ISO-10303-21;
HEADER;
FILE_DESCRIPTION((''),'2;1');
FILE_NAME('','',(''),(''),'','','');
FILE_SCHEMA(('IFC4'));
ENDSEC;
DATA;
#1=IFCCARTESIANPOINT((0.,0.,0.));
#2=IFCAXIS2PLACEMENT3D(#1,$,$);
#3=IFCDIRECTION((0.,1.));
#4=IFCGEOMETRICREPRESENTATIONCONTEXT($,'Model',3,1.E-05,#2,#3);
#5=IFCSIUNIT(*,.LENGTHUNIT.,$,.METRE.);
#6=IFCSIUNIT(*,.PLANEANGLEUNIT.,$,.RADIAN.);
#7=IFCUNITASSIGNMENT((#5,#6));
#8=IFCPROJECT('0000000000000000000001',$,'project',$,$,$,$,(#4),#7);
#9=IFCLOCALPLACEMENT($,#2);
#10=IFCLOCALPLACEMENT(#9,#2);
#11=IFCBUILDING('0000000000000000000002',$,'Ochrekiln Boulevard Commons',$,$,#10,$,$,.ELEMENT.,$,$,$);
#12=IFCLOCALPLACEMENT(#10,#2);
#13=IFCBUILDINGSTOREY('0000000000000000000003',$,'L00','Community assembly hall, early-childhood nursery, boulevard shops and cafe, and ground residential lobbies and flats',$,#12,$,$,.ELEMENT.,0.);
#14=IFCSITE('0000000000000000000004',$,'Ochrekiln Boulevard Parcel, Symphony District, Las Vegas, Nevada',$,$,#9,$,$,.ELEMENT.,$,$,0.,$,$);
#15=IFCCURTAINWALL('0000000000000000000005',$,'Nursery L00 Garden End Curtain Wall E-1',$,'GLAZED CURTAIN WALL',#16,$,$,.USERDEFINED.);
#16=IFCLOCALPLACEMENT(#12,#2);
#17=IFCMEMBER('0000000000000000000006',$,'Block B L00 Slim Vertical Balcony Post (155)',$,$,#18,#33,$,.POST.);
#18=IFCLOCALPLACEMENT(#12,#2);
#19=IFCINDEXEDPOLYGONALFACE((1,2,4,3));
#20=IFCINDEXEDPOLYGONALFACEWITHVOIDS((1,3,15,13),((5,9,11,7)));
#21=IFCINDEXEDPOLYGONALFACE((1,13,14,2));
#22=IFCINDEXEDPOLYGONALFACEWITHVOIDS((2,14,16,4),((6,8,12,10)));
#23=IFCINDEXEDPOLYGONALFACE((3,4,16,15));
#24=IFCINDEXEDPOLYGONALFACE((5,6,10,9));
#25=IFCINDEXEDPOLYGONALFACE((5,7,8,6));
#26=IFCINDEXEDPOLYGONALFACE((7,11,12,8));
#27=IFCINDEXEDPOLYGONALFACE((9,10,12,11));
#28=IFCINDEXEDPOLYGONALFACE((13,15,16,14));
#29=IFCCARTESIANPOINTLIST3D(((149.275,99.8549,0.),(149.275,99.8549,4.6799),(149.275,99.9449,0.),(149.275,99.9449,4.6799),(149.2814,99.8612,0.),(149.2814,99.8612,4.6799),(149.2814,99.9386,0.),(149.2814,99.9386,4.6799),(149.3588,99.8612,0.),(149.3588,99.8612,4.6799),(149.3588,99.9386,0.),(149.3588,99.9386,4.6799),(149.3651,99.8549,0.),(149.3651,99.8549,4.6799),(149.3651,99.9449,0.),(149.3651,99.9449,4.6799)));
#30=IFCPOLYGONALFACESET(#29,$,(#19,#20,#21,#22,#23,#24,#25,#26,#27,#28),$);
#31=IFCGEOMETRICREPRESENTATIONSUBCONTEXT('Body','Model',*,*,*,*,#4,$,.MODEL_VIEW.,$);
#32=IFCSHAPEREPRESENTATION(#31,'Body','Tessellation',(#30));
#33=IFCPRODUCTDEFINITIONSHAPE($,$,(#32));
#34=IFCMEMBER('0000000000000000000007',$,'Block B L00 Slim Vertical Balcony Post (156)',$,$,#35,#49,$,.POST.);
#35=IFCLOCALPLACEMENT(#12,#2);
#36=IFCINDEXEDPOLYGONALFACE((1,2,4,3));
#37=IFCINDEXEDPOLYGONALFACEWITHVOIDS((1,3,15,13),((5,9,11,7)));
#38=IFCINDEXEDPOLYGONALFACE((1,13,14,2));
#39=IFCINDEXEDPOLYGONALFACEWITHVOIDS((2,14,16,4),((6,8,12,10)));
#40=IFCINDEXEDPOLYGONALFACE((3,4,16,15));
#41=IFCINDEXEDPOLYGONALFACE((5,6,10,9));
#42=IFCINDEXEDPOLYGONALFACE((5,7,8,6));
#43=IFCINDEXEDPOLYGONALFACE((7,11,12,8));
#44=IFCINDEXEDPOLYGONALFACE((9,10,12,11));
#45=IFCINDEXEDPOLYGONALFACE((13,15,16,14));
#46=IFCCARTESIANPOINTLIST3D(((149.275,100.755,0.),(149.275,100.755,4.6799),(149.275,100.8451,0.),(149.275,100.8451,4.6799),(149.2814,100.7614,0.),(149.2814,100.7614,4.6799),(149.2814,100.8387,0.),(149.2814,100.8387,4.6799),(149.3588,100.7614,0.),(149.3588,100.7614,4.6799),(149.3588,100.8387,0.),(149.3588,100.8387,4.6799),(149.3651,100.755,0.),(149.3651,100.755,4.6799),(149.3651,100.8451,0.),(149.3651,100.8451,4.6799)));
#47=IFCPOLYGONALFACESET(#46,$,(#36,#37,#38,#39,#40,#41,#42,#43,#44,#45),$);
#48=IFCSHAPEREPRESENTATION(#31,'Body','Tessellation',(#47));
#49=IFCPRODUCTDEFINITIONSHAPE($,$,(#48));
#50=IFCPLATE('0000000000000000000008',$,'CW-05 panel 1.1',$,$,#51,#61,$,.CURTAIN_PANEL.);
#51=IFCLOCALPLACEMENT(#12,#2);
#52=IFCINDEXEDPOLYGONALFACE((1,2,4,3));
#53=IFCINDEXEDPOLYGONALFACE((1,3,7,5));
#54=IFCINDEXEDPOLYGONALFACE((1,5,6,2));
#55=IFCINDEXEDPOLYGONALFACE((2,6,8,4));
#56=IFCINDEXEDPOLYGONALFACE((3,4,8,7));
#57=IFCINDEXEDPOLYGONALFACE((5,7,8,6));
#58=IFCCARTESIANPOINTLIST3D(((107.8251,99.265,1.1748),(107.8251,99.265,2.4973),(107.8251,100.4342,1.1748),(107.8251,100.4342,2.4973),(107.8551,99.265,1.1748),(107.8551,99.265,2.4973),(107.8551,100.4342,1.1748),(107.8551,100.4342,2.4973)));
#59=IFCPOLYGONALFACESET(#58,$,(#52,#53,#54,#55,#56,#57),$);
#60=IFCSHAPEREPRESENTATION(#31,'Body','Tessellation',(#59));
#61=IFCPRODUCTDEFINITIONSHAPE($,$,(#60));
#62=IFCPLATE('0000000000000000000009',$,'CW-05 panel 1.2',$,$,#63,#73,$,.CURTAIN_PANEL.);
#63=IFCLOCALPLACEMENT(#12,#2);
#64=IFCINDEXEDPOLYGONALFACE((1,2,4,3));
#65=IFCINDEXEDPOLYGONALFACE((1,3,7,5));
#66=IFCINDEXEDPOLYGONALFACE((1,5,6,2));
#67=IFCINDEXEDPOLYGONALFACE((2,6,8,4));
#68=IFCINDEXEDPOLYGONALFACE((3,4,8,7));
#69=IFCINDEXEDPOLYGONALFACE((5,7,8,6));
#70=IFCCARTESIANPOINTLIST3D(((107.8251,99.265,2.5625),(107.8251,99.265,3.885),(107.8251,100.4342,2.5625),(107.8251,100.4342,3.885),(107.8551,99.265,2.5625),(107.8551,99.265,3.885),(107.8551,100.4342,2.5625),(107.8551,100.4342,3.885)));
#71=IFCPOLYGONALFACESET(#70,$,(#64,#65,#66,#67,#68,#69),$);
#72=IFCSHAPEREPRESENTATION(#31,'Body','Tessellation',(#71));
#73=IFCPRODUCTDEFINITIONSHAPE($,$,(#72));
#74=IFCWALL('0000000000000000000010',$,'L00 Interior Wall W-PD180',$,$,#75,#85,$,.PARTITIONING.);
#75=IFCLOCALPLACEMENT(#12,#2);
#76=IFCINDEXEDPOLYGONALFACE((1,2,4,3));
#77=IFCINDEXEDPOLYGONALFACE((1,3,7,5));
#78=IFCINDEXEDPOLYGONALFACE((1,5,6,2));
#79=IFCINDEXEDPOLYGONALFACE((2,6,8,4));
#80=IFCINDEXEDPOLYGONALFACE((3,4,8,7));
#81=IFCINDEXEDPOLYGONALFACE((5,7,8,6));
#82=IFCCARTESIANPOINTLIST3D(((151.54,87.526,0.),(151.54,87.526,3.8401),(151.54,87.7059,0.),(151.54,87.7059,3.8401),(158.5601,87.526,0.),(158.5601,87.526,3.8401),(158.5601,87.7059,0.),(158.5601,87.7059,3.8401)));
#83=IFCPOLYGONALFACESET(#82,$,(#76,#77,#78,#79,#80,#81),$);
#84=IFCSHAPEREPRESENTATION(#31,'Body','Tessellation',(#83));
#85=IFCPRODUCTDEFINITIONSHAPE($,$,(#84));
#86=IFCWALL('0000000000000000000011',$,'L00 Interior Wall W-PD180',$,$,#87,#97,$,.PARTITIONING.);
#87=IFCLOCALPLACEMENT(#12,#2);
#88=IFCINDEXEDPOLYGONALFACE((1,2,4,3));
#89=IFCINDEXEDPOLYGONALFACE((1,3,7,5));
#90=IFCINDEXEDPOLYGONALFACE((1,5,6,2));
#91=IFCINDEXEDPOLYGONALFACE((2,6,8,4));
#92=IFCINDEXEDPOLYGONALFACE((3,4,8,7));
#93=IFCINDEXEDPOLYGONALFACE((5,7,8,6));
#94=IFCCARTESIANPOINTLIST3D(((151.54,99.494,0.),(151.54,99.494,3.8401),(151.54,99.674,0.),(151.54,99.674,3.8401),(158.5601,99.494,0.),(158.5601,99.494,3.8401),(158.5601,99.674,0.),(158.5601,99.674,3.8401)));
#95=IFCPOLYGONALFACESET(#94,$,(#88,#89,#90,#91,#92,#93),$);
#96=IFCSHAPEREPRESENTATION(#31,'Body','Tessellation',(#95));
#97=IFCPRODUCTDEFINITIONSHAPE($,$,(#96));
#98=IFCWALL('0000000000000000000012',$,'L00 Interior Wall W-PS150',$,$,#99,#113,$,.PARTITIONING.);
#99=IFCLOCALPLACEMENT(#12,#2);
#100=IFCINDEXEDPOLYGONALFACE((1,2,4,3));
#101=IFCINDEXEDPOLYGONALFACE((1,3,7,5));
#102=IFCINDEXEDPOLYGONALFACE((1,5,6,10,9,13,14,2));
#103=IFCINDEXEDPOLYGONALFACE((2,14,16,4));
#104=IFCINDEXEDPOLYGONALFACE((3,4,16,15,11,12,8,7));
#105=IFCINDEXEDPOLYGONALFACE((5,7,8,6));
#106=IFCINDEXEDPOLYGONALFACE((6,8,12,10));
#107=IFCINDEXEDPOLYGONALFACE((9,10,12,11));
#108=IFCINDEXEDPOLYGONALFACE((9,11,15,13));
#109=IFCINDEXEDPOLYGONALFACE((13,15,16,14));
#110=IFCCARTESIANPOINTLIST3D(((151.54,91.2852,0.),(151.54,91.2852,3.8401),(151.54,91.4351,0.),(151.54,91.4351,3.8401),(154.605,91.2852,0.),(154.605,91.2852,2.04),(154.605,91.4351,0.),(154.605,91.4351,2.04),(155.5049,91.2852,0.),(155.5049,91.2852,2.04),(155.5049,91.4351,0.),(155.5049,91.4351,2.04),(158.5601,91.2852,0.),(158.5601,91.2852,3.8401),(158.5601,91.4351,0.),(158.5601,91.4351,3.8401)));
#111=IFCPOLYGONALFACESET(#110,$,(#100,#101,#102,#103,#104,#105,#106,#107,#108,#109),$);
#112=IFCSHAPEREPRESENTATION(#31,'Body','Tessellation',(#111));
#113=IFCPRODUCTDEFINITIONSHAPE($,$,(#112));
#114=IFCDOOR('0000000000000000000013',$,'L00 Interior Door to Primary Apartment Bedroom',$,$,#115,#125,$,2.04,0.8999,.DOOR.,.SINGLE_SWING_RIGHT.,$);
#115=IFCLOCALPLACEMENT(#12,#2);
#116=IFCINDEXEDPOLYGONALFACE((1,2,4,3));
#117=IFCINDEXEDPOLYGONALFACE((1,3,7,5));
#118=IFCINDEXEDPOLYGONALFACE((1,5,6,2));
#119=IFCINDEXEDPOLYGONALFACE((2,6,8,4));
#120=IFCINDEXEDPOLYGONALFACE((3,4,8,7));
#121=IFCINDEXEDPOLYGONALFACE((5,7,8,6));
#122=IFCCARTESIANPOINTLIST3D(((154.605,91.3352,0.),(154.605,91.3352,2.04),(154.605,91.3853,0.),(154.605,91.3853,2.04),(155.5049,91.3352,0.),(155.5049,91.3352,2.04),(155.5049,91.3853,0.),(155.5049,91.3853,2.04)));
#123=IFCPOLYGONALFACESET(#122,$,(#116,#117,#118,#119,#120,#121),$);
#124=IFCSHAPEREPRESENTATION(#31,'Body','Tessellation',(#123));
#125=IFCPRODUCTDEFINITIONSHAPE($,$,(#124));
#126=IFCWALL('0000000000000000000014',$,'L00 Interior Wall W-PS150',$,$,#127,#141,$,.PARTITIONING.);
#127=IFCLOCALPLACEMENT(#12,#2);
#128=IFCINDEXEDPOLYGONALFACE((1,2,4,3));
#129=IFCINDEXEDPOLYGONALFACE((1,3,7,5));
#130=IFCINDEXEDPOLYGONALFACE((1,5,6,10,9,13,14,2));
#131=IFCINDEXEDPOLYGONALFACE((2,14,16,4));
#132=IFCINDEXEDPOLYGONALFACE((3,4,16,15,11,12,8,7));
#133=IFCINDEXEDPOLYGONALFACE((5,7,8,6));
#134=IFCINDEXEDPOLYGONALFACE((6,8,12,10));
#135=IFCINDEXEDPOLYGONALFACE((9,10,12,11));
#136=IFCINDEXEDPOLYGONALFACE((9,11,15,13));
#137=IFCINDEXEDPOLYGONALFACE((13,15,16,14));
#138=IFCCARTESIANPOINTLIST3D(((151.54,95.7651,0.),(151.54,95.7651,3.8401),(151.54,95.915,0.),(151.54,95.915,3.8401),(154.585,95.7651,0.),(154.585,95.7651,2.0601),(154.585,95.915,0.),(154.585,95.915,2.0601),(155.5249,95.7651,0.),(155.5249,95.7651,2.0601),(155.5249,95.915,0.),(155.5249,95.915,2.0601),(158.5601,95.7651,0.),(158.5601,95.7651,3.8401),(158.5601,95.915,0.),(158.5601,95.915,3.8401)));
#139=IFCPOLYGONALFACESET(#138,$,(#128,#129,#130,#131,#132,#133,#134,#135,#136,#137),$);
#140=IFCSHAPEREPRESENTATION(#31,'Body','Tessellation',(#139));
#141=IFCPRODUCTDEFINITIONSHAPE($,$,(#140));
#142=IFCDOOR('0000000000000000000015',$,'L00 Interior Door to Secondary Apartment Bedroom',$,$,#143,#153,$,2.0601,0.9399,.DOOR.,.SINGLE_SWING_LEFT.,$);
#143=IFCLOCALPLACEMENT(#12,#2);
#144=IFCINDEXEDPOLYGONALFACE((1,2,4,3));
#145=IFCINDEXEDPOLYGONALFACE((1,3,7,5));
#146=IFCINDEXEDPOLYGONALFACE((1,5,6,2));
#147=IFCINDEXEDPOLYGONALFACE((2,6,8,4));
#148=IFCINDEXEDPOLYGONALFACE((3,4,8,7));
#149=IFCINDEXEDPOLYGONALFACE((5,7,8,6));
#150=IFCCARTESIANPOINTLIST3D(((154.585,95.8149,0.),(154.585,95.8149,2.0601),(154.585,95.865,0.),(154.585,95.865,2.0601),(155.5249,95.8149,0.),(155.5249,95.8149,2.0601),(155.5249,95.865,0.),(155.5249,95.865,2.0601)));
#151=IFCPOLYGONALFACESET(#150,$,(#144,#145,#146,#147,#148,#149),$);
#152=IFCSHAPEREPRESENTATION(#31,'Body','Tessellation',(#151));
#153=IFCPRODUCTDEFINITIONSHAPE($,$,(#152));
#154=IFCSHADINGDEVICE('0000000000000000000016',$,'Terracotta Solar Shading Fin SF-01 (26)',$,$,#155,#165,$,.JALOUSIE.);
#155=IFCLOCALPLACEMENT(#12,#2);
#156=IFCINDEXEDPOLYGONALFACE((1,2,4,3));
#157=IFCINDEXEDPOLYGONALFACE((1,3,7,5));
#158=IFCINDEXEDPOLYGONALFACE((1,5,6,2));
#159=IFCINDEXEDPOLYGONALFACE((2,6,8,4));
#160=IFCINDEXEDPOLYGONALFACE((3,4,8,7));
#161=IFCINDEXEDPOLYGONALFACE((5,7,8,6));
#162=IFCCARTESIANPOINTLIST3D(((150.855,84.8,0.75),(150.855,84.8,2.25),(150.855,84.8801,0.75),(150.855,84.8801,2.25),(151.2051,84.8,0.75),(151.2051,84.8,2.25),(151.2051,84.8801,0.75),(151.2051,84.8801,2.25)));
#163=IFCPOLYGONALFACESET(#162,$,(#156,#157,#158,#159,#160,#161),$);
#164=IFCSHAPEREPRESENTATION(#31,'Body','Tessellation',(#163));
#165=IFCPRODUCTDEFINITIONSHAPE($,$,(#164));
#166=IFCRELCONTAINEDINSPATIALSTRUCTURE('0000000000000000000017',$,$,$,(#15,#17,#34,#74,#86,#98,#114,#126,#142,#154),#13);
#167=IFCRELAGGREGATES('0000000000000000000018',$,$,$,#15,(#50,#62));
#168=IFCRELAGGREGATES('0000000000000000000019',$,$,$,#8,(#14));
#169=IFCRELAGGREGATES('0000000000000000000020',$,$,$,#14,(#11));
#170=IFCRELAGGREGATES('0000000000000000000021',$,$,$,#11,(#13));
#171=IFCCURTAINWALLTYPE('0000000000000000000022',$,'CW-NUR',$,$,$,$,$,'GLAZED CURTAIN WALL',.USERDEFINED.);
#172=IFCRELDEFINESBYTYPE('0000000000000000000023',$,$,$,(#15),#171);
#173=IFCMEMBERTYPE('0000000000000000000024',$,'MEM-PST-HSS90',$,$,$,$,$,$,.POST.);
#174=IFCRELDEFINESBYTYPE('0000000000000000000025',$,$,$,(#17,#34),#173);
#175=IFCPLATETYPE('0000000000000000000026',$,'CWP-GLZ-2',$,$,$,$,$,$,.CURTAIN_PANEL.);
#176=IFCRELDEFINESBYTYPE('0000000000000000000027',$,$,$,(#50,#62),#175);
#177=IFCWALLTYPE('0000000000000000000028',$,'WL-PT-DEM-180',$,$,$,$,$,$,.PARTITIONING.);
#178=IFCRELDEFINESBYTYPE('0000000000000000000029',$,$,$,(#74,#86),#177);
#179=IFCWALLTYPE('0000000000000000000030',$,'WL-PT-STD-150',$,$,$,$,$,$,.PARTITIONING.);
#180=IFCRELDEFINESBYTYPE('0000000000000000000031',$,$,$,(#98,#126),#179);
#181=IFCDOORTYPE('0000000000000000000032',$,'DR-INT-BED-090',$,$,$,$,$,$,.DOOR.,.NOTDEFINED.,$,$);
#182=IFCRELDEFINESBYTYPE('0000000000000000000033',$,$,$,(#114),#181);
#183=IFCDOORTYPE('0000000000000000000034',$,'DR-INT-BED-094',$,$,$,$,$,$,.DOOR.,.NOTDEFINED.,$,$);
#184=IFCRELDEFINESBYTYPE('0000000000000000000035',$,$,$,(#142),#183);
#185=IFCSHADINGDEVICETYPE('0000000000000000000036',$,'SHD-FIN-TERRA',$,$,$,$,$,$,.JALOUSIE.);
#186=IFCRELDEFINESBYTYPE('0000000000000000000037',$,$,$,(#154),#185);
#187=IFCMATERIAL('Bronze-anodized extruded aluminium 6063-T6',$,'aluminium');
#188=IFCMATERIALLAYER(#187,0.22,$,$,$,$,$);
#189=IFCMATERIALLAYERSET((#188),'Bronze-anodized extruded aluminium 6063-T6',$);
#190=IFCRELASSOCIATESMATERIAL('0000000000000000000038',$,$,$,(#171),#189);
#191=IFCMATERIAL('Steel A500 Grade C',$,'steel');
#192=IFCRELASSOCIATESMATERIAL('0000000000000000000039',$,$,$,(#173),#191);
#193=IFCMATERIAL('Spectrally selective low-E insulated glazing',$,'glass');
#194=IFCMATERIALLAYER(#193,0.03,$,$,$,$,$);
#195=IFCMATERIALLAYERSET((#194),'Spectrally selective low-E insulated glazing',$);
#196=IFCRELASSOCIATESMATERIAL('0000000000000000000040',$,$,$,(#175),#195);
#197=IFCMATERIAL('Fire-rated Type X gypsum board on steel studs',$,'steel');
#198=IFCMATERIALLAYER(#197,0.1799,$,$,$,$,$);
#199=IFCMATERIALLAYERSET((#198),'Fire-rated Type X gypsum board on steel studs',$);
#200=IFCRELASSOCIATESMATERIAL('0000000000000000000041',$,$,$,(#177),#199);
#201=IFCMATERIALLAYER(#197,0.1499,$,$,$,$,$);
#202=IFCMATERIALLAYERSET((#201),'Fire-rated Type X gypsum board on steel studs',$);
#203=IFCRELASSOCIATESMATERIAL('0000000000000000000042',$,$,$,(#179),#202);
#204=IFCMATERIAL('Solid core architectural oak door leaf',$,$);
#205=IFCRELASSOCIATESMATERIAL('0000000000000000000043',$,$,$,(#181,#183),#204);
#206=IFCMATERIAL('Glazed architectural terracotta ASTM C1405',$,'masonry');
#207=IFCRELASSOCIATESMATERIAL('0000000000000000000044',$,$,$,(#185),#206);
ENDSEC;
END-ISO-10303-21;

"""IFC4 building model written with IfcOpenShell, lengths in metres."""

from ifc_helpers import new_model, si_unit, direction, frame, frame_2d, origin, origin_2d, place, context, subcontext, project, spatial, rectangle, hollow_rectangle, extrude, material, layer, layer_set, material_profile, profile_set, type_object, element, fill, aggregate, save


model = new_model("IFC4")

# Units and contexts
model_context = context("Model", 3, precision=1e-05, world=origin(), true_north=direction((0.0, 1.0)))
body_context = subcontext(model_context, "Body", "Model", "MODEL_VIEW")
ifc_project = project(units=[si_unit("LENGTHUNIT", "METRE"), si_unit("PLANEANGLEUNIT", "RADIAN")], contexts=[model_context])

# Site, building, storey
site_placement = place(None, origin())
site = spatial("IfcSite", under=ifc_project, at=site_placement, Name="Ochrekiln Boulevard Parcel, Symphony District, Las Vegas, Nevada", CompositionType="ELEMENT", RefElevation=0.0)
building_placement = place(site_placement, origin())
building = spatial("IfcBuilding", under=site, at=building_placement, Name="Ochrekiln Boulevard Commons", CompositionType="ELEMENT")
storey_placement = place(building_placement, origin())
storey = spatial("IfcBuildingStorey", under=building, at=storey_placement, Name="L00", Description="Community assembly hall, early-childhood nursery, boulevard shops and cafe, and ground residential lobbies and flats", CompositionType="ELEMENT", Elevation=0.0)

# Curtain wall
ifc_material_1 = material(Name="Bronze-anodized extruded aluminium 6063-T6", Category="aluminium")
ifc_layer_1 = layer(ifc_material_1, 0.22)
ifc_layer_set_1 = layer_set([ifc_layer_1], Name="Bronze-anodized extruded aluminium 6063-T6")
curtain_wall_type = type_object("IfcCurtainWallType", Name="CW-NUR", ElementType="GLAZED CURTAIN WALL", PredefinedType="USERDEFINED", material=ifc_layer_set_1)
curtain_wall_placement = place(storey_placement, origin())
curtain_wall = element("IfcCurtainWall", 1, at=curtain_wall_placement, inside=storey, type_object=curtain_wall_type, Name="Nursery L00 Garden End Curtain Wall E-1", ObjectType="GLAZED CURTAIN WALL", PredefinedType="USERDEFINED")

# Members
ifc_material_2 = material(Name="Steel A500 Grade C", Category="steel")
ifc_material_profile_1 = material_profile(ifc_material_2, hollow_rectangle(XDim=0.0901, YDim=0.0901, WallThickness=0.0063, at=origin_2d()), Name="HSS90X90X6.4")
ifc_profile_set_1 = profile_set([ifc_material_profile_1], Name="Steel A500 Grade C")
member_type_1 = type_object("IfcMemberType", Name="MEM-PST-HSS90", PredefinedType="POST", material=ifc_profile_set_1)
for number, where, z_axis, x_axis, name in (
    (2, (149.3201, 99.8999, 0.0), (0.0, 0.0, 1.0), (1.0, 0.0, 0.0), "Block B L00 Slim Vertical Balcony Post (155)"),
    (3, (149.3201, 100.8, 0.0), (0.0, 0.0, 1.0), (1.0, 0.0, 0.0), "Block B L00 Slim Vertical Balcony Post (156)"),
):
    element("IfcMember", number, at=place(storey_placement, frame(where, z_axis=z_axis, x_axis=x_axis)), inside=storey, type_object=member_type_1, Name=name, PredefinedType="POST", context=body_context, shape_type="SweptSolid", body=[
        extrude(hollow_rectangle(XDim=0.0901, YDim=0.0901, WallThickness=0.0063, at=origin_2d()), origin(), (0.0, 0.0, 1.0), 4.6799),
    ])

# Plates
ifc_material_3 = material(Name="Spectrally selective low-E insulated glazing", Category="glass")
ifc_layer_2 = layer(ifc_material_3, 0.03)
ifc_layer_set_2 = layer_set([ifc_layer_2], Name="Spectrally selective low-E insulated glazing")
plate_type = type_object("IfcPlateType", Name="CWP-GLZ-2", PredefinedType="CURTAIN_PANEL", material=ifc_layer_set_2)
plate_1_placement = place(storey_placement, frame((107.8401, 99.8496, 1.1748), z_axis=(0.0, 0.0, 1.0), x_axis=(0.0, 1.0, 0.0)))
plate_1 = element("IfcPlate", 4, at=plate_1_placement, type_object=plate_type, Name="CW-05 panel 1.1", PredefinedType="CURTAIN_PANEL", context=body_context, shape_type="SweptSolid", body=[
    extrude(rectangle(XDim=1.1692, YDim=0.03, at=origin_2d()), origin(), (0.0, 0.0, 1.0), 1.3225),
])
plate_2_placement = place(storey_placement, frame((107.8401, 99.8496, 2.5625), z_axis=(0.0, 0.0, 1.0), x_axis=(0.0, 1.0, 0.0)))
plate_2 = element("IfcPlate", 5, at=plate_2_placement, type_object=plate_type, Name="CW-05 panel 1.2", PredefinedType="CURTAIN_PANEL", context=body_context, shape_type="SweptSolid", body=[
    extrude(rectangle(XDim=1.1692, YDim=0.03, at=origin_2d()), origin(), (0.0, 0.0, 1.0), 1.3225),
])
aggregate(curtain_wall, [plate_1, plate_2])

# Walls
ifc_material_4 = material(Name="Fire-rated Type X gypsum board on steel studs", Category="steel")
ifc_layer_3 = layer(ifc_material_4, 0.1799)
ifc_layer_set_3 = layer_set([ifc_layer_3], Name="Fire-rated Type X gypsum board on steel studs")
wall_type_1 = type_object("IfcWallType", Name="WL-PT-DEM-180", PredefinedType="PARTITIONING", material=ifc_layer_set_3)
for number, where, z_axis, x_axis, name in (
    (6, (151.54, 87.616, 0.0), (0.0, 0.0, 1.0), (1.0, 0.0, 0.0), "L00 Interior Wall W-PD180"),
    (7, (151.54, 99.584, 0.0), (0.0, 0.0, 1.0), (1.0, 0.0, 0.0), "L00 Interior Wall W-PD180"),
):
    element("IfcWall", number, at=place(storey_placement, frame(where, z_axis=z_axis, x_axis=x_axis)), inside=storey, type_object=wall_type_1, Name=name, PredefinedType="PARTITIONING", context=body_context, shape_type="SweptSolid", body=[
        extrude(rectangle(XDim=7.02, YDim=0.1799, at=frame_2d((3.51, 0.0))), origin(), (0.0, 0.0, 1.0), 3.8401),
    ])

# Walls, openings, doors
ifc_layer_4 = layer(ifc_material_4, 0.1499)
ifc_layer_set_4 = layer_set([ifc_layer_4], Name="Fire-rated Type X gypsum board on steel studs")
wall_type_2 = type_object("IfcWallType", Name="WL-PT-STD-150", PredefinedType="PARTITIONING", material=ifc_layer_set_4)
wall_1_placement = place(storey_placement, frame((151.54, 91.3601, 0.0), z_axis=(0.0, 0.0, 1.0), x_axis=(1.0, 0.0, 0.0)))
wall_1 = element("IfcWall", 8, at=wall_1_placement, inside=storey, type_object=wall_type_2, Name="L00 Interior Wall W-PS150", PredefinedType="PARTITIONING", context=body_context, shape_type="SweptSolid", body=[
    extrude(rectangle(XDim=7.02, YDim=0.1499, at=frame_2d((3.51, 0.0))), origin(), (0.0, 0.0, 1.0), 3.8401),
])
opening_1_placement = place(wall_1_placement, frame((3.0649, 0.0, 0.0)))
opening_1 = element("IfcOpeningElement", 9, at=opening_1_placement, cuts=wall_1, PredefinedType="OPENING", context=body_context, shape_type="SweptSolid", body=[
    extrude(rectangle(XDim=0.8999, YDim=2.04, at=frame_2d((0.45, 1.02))), frame((0.0, 0.085, 0.0), z_axis=(0.0, -1.0, 0.0), x_axis=(1.0, 0.0, 0.0)), (0.0, 0.0, 1.0), 0.1699),
])
ifc_material_5 = material(Name="Solid core architectural oak door leaf")
door_type_1 = type_object("IfcDoorType", Name="DR-INT-BED-090", OperationType="NOTDEFINED", PredefinedType="DOOR", material=ifc_material_5)
door_1_placement = place(opening_1_placement, frame((0.8999, 0.0, 0.0), z_axis=(0.0, 0.0, 1.0), x_axis=(-1.0, 0.0, 0.0)))
door_1 = element("IfcDoor", 10, at=door_1_placement, inside=storey, type_object=door_type_1, Name="L00 Interior Door to Primary Apartment Bedroom", OperationType="SINGLE_SWING_RIGHT", OverallHeight=2.04, OverallWidth=0.8999, PredefinedType="DOOR", context=body_context, shape_type="SweptSolid", body=[
    extrude(rectangle(XDim=0.8999, YDim=2.04, at=frame_2d((0.45, 1.02))), frame((0.0, 0.0249, 0.0), z_axis=(0.0, -1.0, 0.0), x_axis=(1.0, 0.0, 0.0)), (0.0, 0.0, 1.0), 0.05),
])
fill(opening_1, door_1)
wall_2_placement = place(storey_placement, frame((151.54, 95.8401, 0.0), z_axis=(0.0, 0.0, 1.0), x_axis=(1.0, 0.0, 0.0)))
wall_2 = element("IfcWall", 11, at=wall_2_placement, inside=storey, type_object=wall_type_2, Name="L00 Interior Wall W-PS150", PredefinedType="PARTITIONING", context=body_context, shape_type="SweptSolid", body=[
    extrude(rectangle(XDim=7.02, YDim=0.1499, at=frame_2d((3.51, 0.0))), origin(), (0.0, 0.0, 1.0), 3.8401),
])
opening_2_placement = place(wall_2_placement, frame((3.0449, 0.0, 0.0)))
opening_2 = element("IfcOpeningElement", 12, at=opening_2_placement, cuts=wall_2, PredefinedType="OPENING", context=body_context, shape_type="SweptSolid", body=[
    extrude(rectangle(XDim=0.9399, YDim=2.0601, at=frame_2d((0.47, 1.03))), frame((0.0, 0.085, 0.0), z_axis=(0.0, -1.0, 0.0), x_axis=(1.0, 0.0, 0.0)), (0.0, 0.0, 1.0), 0.1699),
])
door_type_2 = type_object("IfcDoorType", Name="DR-INT-BED-094", OperationType="NOTDEFINED", PredefinedType="DOOR", material=ifc_material_5)
door_2_placement = place(opening_2_placement, origin())
door_2 = element("IfcDoor", 13, at=door_2_placement, inside=storey, type_object=door_type_2, Name="L00 Interior Door to Secondary Apartment Bedroom", OperationType="SINGLE_SWING_LEFT", OverallHeight=2.0601, OverallWidth=0.9399, PredefinedType="DOOR", context=body_context, shape_type="SweptSolid", body=[
    extrude(rectangle(XDim=0.9399, YDim=2.0601, at=frame_2d((0.47, 1.03))), frame((0.0, 0.0249, 0.0), z_axis=(0.0, -1.0, 0.0), x_axis=(1.0, 0.0, 0.0)), (0.0, 0.0, 1.0), 0.05),
])
fill(opening_2, door_2)

# Shading device
ifc_material_6 = material(Name="Glazed architectural terracotta ASTM C1405", Category="masonry")
shading_device_type = type_object("IfcShadingDeviceType", Name="SHD-FIN-TERRA", PredefinedType="JALOUSIE", material=ifc_material_6)
shading_device_placement = place(storey_placement, frame((151.03, 84.8401, 0.75), z_axis=(0.0, 0.0, 1.0), x_axis=(1.0, 0.0, 0.0)))
element("IfcShadingDevice", 14, at=shading_device_placement, inside=storey, type_object=shading_device_type, Name="Terracotta Solar Shading Fin SF-01 (26)", PredefinedType="JALOUSIE", context=body_context, shape_type="SweptSolid", body=[
    extrude(rectangle(XDim=0.3501, YDim=0.0801, at=origin_2d()), origin(), (0.0, 0.0, 1.0), 1.5),
])

save(model, "model.ifc")
